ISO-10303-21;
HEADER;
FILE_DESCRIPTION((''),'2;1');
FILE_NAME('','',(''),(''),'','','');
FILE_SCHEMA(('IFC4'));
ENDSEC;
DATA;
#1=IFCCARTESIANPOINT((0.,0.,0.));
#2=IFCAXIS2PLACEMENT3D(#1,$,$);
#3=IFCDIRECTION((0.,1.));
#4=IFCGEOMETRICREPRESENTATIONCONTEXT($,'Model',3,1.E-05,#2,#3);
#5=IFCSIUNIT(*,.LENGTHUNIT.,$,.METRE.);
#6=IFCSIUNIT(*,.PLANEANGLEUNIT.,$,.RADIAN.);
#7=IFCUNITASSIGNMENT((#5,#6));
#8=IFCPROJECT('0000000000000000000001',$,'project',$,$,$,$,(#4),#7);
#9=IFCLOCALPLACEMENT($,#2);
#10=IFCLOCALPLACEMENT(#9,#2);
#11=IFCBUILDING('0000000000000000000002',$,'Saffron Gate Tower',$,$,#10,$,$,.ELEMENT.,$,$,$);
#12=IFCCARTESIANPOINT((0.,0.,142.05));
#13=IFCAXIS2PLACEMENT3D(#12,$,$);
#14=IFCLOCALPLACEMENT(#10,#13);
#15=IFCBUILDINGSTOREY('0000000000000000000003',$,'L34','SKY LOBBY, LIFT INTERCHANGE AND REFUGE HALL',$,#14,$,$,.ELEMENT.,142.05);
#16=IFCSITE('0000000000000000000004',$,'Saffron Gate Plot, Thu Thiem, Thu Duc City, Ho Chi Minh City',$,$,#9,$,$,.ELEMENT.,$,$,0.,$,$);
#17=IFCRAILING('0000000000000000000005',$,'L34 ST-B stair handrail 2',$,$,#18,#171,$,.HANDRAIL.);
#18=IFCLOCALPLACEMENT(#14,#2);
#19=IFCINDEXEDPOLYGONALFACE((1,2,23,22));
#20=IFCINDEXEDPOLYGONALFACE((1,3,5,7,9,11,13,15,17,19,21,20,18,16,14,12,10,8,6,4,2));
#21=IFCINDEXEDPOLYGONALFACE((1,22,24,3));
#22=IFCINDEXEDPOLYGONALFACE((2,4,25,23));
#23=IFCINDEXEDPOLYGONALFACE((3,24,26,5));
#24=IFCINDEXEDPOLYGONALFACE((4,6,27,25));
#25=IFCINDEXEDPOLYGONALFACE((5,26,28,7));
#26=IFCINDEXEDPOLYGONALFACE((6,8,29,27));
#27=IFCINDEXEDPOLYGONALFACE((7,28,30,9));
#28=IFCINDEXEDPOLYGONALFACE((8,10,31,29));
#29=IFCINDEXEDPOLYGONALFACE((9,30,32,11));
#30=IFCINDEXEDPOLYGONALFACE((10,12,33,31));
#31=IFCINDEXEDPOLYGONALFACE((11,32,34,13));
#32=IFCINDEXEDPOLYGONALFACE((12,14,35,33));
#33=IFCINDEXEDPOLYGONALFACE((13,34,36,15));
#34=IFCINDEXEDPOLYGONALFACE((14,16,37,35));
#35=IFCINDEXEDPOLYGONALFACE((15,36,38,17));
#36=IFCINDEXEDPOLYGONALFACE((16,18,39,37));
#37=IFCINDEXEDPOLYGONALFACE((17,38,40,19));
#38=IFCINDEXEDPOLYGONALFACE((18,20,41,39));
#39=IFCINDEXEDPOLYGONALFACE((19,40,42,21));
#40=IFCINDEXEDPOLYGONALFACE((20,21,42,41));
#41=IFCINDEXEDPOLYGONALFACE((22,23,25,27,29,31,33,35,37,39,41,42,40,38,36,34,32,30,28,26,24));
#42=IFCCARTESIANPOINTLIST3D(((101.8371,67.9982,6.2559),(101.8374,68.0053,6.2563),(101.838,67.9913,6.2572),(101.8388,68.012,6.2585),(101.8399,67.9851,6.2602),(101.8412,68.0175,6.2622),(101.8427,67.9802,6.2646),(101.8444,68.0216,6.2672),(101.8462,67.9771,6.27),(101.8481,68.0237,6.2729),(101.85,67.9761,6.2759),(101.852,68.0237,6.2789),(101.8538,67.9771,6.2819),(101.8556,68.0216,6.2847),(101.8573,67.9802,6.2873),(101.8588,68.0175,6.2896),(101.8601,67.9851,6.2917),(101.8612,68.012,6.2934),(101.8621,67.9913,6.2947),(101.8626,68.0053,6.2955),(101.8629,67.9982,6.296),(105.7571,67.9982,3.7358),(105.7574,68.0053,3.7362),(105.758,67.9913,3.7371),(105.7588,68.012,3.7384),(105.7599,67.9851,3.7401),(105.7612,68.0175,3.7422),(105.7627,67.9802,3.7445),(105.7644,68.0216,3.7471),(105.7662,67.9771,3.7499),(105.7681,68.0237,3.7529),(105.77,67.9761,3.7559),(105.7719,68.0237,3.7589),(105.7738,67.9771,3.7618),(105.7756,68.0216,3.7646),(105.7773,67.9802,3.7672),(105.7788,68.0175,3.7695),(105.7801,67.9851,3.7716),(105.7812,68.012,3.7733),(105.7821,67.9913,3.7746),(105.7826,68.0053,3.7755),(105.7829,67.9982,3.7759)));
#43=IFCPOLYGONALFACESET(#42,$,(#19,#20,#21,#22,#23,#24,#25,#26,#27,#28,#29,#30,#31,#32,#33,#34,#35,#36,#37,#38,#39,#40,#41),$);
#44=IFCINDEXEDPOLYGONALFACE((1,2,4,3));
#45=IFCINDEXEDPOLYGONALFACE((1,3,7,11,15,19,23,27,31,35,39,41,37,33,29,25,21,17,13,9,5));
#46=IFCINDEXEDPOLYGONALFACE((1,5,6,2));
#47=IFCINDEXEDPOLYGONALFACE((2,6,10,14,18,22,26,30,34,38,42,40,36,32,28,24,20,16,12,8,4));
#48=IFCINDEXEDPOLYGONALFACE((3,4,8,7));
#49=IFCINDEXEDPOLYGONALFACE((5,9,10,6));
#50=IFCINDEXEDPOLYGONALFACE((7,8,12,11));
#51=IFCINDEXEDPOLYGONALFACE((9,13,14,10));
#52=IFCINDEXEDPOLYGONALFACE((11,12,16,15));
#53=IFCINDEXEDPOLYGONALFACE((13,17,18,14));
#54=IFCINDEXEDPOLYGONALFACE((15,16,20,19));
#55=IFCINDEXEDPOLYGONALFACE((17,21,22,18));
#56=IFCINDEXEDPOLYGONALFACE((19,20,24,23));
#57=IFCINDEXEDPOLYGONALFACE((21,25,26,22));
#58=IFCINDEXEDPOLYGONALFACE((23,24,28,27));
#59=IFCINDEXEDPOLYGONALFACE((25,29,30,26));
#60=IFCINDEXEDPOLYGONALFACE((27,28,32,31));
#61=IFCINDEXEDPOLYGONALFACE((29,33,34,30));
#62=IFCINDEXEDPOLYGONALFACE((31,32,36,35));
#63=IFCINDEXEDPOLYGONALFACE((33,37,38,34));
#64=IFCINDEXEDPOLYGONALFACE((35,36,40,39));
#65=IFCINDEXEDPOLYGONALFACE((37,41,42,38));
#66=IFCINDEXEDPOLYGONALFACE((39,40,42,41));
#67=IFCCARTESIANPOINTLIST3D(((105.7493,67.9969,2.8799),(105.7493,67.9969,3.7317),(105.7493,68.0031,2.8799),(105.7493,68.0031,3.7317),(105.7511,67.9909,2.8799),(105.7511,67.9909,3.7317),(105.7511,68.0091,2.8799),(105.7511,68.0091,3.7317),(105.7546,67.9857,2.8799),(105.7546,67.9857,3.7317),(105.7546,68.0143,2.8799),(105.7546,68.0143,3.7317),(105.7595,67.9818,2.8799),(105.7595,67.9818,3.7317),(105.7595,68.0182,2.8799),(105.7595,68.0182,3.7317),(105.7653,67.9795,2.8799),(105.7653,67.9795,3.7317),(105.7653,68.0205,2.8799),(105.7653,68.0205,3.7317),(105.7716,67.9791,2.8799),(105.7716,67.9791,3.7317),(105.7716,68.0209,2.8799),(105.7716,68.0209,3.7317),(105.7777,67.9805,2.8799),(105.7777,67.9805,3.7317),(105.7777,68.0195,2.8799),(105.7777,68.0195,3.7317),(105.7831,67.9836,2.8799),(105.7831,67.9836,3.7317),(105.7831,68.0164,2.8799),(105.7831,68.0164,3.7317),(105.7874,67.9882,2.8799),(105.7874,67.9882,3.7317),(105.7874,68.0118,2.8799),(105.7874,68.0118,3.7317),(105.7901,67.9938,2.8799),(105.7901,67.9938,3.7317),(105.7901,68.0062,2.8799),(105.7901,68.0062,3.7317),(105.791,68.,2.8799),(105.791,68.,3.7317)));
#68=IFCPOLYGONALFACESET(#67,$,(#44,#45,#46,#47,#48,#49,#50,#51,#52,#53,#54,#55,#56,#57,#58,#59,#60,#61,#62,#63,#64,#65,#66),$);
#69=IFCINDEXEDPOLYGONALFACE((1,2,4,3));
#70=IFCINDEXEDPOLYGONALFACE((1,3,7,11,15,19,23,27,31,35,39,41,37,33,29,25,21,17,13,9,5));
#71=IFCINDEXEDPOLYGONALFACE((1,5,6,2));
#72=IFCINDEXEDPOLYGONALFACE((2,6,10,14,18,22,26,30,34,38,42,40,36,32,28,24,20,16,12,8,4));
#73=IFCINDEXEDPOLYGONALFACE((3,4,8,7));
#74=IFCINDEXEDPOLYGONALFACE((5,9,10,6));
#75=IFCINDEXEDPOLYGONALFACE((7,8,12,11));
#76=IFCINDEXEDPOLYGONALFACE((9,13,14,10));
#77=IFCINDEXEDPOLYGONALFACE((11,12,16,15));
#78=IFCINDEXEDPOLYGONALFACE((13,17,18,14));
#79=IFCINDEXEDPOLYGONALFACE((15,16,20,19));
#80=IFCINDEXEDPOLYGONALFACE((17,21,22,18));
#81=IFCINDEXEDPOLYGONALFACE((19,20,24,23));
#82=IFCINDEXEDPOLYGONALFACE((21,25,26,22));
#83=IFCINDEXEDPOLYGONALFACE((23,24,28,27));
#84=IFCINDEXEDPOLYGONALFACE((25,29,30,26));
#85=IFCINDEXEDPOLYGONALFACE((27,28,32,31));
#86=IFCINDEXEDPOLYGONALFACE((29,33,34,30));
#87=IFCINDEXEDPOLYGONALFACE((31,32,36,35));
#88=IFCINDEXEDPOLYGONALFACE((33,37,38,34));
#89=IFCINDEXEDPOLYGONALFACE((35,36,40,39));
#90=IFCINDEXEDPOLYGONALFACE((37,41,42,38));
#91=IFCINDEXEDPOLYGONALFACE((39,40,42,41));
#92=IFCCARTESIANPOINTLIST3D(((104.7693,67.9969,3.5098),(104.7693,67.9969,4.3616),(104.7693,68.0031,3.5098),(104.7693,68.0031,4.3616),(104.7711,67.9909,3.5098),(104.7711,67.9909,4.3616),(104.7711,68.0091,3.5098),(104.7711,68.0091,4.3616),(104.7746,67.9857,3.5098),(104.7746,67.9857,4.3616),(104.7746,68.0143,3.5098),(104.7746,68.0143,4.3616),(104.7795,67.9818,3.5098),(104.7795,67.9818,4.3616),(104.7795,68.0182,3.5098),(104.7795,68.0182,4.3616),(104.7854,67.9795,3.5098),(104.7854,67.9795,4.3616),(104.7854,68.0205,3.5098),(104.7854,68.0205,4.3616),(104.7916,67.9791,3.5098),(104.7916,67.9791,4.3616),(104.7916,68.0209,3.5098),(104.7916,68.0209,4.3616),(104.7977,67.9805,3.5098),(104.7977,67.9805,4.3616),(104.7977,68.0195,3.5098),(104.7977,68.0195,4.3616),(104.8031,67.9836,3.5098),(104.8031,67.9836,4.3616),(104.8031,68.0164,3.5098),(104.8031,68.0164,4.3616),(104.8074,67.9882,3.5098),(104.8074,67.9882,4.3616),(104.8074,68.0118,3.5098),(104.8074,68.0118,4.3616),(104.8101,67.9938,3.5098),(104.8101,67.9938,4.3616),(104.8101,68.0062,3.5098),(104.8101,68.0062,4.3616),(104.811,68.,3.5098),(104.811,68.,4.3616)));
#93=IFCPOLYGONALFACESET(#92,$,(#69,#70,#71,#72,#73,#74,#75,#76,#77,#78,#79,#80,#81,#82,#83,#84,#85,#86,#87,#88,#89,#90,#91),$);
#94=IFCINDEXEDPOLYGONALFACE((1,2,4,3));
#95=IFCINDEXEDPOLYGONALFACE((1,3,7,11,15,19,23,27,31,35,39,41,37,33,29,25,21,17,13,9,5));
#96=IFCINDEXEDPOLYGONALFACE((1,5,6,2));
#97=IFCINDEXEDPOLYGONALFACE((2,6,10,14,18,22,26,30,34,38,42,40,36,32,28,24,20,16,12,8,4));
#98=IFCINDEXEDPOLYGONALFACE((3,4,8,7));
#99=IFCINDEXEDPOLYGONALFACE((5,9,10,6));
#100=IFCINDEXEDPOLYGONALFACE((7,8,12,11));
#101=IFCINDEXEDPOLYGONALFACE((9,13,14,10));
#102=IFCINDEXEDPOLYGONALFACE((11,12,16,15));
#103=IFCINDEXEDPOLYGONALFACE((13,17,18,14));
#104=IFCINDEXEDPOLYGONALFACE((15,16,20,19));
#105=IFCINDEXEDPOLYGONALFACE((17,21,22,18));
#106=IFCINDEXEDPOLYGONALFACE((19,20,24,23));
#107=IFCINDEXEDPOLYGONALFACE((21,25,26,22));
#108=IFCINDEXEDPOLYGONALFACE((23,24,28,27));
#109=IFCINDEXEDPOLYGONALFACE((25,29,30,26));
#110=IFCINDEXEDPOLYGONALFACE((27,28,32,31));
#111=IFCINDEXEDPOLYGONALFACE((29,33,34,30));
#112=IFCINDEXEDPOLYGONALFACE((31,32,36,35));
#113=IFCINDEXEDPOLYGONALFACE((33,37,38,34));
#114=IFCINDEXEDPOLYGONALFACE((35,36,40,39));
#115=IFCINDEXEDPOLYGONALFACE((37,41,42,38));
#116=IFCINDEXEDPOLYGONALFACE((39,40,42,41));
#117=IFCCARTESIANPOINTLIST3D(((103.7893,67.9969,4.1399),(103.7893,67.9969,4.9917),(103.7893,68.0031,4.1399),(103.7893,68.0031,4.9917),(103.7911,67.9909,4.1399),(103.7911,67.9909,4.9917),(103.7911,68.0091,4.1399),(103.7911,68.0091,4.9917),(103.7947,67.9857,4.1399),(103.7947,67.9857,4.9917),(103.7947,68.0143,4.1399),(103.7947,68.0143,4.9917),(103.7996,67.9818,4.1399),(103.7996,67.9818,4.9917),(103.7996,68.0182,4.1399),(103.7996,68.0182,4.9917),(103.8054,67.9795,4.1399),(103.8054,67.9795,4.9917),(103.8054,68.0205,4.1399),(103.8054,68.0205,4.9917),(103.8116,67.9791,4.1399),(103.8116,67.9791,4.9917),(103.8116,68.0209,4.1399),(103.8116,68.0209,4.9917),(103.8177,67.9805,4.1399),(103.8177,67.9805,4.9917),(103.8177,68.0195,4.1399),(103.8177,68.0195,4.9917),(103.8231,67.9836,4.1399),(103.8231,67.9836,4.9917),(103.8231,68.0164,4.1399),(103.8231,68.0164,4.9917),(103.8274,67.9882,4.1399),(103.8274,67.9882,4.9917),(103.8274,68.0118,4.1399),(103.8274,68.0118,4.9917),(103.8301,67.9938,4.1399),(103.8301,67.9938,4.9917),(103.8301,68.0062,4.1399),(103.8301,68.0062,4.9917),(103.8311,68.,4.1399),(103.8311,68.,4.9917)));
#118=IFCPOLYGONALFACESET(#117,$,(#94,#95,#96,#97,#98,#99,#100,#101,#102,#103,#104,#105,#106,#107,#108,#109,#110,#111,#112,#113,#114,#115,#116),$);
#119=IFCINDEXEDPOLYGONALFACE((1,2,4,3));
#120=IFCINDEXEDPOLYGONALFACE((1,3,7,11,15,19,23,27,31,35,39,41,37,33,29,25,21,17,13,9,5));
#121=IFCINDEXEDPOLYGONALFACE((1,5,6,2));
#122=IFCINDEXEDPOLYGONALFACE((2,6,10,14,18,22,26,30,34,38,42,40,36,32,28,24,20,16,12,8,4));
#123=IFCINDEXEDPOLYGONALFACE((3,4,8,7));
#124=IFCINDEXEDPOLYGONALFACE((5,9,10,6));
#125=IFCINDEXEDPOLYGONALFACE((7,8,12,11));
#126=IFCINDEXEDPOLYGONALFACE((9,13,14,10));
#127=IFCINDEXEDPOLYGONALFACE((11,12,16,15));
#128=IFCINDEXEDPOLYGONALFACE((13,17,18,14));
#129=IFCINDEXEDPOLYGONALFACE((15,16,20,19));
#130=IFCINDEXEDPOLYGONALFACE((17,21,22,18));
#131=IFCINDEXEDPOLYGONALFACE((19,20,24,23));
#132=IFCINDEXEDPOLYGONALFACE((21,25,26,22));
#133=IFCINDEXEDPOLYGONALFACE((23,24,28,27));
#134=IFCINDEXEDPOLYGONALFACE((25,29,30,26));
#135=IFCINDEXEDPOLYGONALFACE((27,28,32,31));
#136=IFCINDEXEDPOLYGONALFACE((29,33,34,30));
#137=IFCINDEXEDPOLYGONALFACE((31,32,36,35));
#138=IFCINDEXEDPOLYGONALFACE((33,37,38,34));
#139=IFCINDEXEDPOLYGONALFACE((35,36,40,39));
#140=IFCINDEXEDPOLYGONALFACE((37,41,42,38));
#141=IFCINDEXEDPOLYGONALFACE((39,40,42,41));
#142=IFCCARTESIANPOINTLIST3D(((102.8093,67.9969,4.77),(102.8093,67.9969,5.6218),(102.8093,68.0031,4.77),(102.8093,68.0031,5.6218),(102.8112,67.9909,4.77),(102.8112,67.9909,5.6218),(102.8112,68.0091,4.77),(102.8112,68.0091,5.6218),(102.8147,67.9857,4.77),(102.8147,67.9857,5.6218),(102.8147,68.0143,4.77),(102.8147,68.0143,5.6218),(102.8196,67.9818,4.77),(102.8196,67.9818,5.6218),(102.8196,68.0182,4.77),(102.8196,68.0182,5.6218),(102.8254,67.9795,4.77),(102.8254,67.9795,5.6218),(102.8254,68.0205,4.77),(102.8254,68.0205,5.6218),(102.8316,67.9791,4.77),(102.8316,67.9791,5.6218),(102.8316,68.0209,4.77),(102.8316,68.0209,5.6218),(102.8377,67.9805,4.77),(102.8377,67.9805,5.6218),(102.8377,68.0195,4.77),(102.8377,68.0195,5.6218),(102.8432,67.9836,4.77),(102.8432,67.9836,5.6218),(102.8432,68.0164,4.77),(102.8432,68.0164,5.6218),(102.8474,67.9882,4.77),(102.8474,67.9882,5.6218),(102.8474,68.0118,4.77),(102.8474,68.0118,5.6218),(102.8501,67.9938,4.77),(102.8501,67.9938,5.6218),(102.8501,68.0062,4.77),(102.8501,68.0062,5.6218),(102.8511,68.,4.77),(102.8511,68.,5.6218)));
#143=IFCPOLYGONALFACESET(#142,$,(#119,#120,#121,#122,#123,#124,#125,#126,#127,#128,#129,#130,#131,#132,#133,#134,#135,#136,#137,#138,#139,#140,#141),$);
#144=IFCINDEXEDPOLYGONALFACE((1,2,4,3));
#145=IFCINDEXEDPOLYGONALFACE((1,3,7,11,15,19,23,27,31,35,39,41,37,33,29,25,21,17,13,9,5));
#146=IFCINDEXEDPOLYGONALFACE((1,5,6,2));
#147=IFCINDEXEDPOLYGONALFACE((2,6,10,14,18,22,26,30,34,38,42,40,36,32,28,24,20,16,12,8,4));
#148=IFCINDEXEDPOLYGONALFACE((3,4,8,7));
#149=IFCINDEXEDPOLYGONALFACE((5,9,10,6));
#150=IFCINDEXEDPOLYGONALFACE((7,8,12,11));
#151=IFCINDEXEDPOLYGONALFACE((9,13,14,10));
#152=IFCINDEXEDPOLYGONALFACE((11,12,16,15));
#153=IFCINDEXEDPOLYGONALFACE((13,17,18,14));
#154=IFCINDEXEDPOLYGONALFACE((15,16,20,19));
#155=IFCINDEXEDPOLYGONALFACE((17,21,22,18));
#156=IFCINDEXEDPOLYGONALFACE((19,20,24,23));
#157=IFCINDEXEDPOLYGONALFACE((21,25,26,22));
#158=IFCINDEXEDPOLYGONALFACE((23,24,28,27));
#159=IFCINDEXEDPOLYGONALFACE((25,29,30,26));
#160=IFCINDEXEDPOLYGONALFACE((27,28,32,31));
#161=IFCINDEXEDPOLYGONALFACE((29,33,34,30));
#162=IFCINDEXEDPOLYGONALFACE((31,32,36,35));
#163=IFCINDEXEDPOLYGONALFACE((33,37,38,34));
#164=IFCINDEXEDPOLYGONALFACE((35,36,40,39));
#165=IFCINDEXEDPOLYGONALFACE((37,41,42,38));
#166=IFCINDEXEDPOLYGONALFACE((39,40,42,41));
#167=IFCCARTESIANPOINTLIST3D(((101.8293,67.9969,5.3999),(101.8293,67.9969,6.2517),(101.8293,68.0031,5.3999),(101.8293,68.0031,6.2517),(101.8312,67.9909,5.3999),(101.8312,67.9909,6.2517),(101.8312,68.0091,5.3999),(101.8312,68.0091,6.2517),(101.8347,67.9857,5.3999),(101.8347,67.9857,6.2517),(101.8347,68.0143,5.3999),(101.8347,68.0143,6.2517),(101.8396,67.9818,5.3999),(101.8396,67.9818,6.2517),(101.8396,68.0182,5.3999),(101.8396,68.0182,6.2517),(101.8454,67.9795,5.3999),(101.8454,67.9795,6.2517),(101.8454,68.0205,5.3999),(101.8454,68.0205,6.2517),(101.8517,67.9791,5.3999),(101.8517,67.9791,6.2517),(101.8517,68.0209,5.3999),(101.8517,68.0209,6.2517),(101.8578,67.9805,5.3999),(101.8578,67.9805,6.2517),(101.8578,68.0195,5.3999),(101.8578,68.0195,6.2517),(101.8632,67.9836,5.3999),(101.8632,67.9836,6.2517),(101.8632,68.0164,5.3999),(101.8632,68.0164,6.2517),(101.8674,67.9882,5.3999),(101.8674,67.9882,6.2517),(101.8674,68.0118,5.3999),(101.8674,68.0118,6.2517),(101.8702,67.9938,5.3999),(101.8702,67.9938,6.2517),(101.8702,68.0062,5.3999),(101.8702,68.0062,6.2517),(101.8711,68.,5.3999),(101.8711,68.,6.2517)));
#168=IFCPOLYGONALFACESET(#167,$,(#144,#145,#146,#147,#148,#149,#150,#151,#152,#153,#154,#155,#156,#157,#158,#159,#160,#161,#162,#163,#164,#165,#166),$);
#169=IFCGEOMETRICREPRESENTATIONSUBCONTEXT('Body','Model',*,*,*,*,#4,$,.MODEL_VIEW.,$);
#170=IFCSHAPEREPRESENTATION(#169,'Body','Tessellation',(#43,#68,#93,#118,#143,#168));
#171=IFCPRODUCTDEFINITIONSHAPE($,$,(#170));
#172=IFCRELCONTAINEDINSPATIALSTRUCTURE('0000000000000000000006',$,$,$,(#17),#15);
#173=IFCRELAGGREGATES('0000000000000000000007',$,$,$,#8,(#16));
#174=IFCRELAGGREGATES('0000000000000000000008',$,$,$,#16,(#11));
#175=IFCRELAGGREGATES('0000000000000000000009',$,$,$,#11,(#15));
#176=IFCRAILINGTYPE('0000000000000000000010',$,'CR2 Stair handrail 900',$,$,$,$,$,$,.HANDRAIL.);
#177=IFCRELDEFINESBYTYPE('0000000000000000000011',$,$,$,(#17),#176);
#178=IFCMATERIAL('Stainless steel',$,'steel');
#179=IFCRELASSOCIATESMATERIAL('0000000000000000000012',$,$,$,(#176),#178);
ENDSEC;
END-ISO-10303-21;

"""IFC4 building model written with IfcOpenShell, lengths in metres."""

from ifc_helpers import new_model, si_unit, direction, frame, origin, origin_2d, place, context, subcontext, project, spatial, circle, extrude, material, type_object, element, save


model = new_model("IFC4")

# Units and contexts
model_context = context("Model", 3, precision=1e-05, world=origin(), true_north=direction((0.0, 1.0)))
body_context = subcontext(model_context, "Body", "Model", "MODEL_VIEW")
ifc_project = project(units=[si_unit("LENGTHUNIT", "METRE"), si_unit("PLANEANGLEUNIT", "RADIAN")], contexts=[model_context])

# Site, building, storey
site_placement = place(None, origin())
site = spatial("IfcSite", under=ifc_project, at=site_placement, Name="Saffron Gate Plot, Thu Thiem, Thu Duc City, Ho Chi Minh City", CompositionType="ELEMENT", RefElevation=0.0)
building_placement = place(site_placement, origin())
building = spatial("IfcBuilding", under=site, at=building_placement, Name="Saffron Gate Tower", CompositionType="ELEMENT")
storey_placement = place(building_placement, frame((0.0, 0.0, 142.05)))
storey = spatial("IfcBuildingStorey", under=building, at=storey_placement, Name="L34", Description="SKY LOBBY, LIFT INTERCHANGE AND REFUGE HALL", CompositionType="ELEMENT", Elevation=142.05)

# Railing
ifc_material_1 = material(Name="Stainless steel", Category="steel")
railing_type_1 = type_object("IfcRailingType", Name="CR2 Stair handrail 900", PredefinedType="HANDRAIL", material=ifc_material_1)
railing_1_placement = place(storey_placement, frame((105.77, 68.0, 2.8799)))
element("IfcRailing", 1, at=railing_1_placement, inside=storey, type_object=railing_type_1, Name="L34 ST-B stair handrail 2", PredefinedType="HANDRAIL", context=body_context, shape_type="SweptSolid", body=[
    extrude(circle(Radius=0.0239, at=origin_2d()), frame((0.0, 0.0, 0.876), z_axis=(-0.841172, 0.0, 0.540768), x_axis=(0.0, -1.0, 0.0)), (0.0, 0.0, 1.0), 4.6602),
    extrude(circle(Radius=0.021, at=origin_2d()), origin(), (0.0, 0.0, 1.0), 0.8518),
    extrude(circle(Radius=0.021, at=origin_2d()), frame((-0.98, 0.0, 0.6299)), (0.0, 0.0, 1.0), 0.8518),
    extrude(circle(Radius=0.021, at=origin_2d()), frame((-1.96, 0.0, 1.26)), (0.0, 0.0, 1.0), 0.8518),
    extrude(circle(Radius=0.021, at=origin_2d()), frame((-2.9399, 0.0, 1.8901)), (0.0, 0.0, 1.0), 0.8518),
    extrude(circle(Radius=0.021, at=origin_2d()), frame((-3.9199, 0.0, 2.52)), (0.0, 0.0, 1.0), 0.8518),
])

save(model, "model.ifc")
